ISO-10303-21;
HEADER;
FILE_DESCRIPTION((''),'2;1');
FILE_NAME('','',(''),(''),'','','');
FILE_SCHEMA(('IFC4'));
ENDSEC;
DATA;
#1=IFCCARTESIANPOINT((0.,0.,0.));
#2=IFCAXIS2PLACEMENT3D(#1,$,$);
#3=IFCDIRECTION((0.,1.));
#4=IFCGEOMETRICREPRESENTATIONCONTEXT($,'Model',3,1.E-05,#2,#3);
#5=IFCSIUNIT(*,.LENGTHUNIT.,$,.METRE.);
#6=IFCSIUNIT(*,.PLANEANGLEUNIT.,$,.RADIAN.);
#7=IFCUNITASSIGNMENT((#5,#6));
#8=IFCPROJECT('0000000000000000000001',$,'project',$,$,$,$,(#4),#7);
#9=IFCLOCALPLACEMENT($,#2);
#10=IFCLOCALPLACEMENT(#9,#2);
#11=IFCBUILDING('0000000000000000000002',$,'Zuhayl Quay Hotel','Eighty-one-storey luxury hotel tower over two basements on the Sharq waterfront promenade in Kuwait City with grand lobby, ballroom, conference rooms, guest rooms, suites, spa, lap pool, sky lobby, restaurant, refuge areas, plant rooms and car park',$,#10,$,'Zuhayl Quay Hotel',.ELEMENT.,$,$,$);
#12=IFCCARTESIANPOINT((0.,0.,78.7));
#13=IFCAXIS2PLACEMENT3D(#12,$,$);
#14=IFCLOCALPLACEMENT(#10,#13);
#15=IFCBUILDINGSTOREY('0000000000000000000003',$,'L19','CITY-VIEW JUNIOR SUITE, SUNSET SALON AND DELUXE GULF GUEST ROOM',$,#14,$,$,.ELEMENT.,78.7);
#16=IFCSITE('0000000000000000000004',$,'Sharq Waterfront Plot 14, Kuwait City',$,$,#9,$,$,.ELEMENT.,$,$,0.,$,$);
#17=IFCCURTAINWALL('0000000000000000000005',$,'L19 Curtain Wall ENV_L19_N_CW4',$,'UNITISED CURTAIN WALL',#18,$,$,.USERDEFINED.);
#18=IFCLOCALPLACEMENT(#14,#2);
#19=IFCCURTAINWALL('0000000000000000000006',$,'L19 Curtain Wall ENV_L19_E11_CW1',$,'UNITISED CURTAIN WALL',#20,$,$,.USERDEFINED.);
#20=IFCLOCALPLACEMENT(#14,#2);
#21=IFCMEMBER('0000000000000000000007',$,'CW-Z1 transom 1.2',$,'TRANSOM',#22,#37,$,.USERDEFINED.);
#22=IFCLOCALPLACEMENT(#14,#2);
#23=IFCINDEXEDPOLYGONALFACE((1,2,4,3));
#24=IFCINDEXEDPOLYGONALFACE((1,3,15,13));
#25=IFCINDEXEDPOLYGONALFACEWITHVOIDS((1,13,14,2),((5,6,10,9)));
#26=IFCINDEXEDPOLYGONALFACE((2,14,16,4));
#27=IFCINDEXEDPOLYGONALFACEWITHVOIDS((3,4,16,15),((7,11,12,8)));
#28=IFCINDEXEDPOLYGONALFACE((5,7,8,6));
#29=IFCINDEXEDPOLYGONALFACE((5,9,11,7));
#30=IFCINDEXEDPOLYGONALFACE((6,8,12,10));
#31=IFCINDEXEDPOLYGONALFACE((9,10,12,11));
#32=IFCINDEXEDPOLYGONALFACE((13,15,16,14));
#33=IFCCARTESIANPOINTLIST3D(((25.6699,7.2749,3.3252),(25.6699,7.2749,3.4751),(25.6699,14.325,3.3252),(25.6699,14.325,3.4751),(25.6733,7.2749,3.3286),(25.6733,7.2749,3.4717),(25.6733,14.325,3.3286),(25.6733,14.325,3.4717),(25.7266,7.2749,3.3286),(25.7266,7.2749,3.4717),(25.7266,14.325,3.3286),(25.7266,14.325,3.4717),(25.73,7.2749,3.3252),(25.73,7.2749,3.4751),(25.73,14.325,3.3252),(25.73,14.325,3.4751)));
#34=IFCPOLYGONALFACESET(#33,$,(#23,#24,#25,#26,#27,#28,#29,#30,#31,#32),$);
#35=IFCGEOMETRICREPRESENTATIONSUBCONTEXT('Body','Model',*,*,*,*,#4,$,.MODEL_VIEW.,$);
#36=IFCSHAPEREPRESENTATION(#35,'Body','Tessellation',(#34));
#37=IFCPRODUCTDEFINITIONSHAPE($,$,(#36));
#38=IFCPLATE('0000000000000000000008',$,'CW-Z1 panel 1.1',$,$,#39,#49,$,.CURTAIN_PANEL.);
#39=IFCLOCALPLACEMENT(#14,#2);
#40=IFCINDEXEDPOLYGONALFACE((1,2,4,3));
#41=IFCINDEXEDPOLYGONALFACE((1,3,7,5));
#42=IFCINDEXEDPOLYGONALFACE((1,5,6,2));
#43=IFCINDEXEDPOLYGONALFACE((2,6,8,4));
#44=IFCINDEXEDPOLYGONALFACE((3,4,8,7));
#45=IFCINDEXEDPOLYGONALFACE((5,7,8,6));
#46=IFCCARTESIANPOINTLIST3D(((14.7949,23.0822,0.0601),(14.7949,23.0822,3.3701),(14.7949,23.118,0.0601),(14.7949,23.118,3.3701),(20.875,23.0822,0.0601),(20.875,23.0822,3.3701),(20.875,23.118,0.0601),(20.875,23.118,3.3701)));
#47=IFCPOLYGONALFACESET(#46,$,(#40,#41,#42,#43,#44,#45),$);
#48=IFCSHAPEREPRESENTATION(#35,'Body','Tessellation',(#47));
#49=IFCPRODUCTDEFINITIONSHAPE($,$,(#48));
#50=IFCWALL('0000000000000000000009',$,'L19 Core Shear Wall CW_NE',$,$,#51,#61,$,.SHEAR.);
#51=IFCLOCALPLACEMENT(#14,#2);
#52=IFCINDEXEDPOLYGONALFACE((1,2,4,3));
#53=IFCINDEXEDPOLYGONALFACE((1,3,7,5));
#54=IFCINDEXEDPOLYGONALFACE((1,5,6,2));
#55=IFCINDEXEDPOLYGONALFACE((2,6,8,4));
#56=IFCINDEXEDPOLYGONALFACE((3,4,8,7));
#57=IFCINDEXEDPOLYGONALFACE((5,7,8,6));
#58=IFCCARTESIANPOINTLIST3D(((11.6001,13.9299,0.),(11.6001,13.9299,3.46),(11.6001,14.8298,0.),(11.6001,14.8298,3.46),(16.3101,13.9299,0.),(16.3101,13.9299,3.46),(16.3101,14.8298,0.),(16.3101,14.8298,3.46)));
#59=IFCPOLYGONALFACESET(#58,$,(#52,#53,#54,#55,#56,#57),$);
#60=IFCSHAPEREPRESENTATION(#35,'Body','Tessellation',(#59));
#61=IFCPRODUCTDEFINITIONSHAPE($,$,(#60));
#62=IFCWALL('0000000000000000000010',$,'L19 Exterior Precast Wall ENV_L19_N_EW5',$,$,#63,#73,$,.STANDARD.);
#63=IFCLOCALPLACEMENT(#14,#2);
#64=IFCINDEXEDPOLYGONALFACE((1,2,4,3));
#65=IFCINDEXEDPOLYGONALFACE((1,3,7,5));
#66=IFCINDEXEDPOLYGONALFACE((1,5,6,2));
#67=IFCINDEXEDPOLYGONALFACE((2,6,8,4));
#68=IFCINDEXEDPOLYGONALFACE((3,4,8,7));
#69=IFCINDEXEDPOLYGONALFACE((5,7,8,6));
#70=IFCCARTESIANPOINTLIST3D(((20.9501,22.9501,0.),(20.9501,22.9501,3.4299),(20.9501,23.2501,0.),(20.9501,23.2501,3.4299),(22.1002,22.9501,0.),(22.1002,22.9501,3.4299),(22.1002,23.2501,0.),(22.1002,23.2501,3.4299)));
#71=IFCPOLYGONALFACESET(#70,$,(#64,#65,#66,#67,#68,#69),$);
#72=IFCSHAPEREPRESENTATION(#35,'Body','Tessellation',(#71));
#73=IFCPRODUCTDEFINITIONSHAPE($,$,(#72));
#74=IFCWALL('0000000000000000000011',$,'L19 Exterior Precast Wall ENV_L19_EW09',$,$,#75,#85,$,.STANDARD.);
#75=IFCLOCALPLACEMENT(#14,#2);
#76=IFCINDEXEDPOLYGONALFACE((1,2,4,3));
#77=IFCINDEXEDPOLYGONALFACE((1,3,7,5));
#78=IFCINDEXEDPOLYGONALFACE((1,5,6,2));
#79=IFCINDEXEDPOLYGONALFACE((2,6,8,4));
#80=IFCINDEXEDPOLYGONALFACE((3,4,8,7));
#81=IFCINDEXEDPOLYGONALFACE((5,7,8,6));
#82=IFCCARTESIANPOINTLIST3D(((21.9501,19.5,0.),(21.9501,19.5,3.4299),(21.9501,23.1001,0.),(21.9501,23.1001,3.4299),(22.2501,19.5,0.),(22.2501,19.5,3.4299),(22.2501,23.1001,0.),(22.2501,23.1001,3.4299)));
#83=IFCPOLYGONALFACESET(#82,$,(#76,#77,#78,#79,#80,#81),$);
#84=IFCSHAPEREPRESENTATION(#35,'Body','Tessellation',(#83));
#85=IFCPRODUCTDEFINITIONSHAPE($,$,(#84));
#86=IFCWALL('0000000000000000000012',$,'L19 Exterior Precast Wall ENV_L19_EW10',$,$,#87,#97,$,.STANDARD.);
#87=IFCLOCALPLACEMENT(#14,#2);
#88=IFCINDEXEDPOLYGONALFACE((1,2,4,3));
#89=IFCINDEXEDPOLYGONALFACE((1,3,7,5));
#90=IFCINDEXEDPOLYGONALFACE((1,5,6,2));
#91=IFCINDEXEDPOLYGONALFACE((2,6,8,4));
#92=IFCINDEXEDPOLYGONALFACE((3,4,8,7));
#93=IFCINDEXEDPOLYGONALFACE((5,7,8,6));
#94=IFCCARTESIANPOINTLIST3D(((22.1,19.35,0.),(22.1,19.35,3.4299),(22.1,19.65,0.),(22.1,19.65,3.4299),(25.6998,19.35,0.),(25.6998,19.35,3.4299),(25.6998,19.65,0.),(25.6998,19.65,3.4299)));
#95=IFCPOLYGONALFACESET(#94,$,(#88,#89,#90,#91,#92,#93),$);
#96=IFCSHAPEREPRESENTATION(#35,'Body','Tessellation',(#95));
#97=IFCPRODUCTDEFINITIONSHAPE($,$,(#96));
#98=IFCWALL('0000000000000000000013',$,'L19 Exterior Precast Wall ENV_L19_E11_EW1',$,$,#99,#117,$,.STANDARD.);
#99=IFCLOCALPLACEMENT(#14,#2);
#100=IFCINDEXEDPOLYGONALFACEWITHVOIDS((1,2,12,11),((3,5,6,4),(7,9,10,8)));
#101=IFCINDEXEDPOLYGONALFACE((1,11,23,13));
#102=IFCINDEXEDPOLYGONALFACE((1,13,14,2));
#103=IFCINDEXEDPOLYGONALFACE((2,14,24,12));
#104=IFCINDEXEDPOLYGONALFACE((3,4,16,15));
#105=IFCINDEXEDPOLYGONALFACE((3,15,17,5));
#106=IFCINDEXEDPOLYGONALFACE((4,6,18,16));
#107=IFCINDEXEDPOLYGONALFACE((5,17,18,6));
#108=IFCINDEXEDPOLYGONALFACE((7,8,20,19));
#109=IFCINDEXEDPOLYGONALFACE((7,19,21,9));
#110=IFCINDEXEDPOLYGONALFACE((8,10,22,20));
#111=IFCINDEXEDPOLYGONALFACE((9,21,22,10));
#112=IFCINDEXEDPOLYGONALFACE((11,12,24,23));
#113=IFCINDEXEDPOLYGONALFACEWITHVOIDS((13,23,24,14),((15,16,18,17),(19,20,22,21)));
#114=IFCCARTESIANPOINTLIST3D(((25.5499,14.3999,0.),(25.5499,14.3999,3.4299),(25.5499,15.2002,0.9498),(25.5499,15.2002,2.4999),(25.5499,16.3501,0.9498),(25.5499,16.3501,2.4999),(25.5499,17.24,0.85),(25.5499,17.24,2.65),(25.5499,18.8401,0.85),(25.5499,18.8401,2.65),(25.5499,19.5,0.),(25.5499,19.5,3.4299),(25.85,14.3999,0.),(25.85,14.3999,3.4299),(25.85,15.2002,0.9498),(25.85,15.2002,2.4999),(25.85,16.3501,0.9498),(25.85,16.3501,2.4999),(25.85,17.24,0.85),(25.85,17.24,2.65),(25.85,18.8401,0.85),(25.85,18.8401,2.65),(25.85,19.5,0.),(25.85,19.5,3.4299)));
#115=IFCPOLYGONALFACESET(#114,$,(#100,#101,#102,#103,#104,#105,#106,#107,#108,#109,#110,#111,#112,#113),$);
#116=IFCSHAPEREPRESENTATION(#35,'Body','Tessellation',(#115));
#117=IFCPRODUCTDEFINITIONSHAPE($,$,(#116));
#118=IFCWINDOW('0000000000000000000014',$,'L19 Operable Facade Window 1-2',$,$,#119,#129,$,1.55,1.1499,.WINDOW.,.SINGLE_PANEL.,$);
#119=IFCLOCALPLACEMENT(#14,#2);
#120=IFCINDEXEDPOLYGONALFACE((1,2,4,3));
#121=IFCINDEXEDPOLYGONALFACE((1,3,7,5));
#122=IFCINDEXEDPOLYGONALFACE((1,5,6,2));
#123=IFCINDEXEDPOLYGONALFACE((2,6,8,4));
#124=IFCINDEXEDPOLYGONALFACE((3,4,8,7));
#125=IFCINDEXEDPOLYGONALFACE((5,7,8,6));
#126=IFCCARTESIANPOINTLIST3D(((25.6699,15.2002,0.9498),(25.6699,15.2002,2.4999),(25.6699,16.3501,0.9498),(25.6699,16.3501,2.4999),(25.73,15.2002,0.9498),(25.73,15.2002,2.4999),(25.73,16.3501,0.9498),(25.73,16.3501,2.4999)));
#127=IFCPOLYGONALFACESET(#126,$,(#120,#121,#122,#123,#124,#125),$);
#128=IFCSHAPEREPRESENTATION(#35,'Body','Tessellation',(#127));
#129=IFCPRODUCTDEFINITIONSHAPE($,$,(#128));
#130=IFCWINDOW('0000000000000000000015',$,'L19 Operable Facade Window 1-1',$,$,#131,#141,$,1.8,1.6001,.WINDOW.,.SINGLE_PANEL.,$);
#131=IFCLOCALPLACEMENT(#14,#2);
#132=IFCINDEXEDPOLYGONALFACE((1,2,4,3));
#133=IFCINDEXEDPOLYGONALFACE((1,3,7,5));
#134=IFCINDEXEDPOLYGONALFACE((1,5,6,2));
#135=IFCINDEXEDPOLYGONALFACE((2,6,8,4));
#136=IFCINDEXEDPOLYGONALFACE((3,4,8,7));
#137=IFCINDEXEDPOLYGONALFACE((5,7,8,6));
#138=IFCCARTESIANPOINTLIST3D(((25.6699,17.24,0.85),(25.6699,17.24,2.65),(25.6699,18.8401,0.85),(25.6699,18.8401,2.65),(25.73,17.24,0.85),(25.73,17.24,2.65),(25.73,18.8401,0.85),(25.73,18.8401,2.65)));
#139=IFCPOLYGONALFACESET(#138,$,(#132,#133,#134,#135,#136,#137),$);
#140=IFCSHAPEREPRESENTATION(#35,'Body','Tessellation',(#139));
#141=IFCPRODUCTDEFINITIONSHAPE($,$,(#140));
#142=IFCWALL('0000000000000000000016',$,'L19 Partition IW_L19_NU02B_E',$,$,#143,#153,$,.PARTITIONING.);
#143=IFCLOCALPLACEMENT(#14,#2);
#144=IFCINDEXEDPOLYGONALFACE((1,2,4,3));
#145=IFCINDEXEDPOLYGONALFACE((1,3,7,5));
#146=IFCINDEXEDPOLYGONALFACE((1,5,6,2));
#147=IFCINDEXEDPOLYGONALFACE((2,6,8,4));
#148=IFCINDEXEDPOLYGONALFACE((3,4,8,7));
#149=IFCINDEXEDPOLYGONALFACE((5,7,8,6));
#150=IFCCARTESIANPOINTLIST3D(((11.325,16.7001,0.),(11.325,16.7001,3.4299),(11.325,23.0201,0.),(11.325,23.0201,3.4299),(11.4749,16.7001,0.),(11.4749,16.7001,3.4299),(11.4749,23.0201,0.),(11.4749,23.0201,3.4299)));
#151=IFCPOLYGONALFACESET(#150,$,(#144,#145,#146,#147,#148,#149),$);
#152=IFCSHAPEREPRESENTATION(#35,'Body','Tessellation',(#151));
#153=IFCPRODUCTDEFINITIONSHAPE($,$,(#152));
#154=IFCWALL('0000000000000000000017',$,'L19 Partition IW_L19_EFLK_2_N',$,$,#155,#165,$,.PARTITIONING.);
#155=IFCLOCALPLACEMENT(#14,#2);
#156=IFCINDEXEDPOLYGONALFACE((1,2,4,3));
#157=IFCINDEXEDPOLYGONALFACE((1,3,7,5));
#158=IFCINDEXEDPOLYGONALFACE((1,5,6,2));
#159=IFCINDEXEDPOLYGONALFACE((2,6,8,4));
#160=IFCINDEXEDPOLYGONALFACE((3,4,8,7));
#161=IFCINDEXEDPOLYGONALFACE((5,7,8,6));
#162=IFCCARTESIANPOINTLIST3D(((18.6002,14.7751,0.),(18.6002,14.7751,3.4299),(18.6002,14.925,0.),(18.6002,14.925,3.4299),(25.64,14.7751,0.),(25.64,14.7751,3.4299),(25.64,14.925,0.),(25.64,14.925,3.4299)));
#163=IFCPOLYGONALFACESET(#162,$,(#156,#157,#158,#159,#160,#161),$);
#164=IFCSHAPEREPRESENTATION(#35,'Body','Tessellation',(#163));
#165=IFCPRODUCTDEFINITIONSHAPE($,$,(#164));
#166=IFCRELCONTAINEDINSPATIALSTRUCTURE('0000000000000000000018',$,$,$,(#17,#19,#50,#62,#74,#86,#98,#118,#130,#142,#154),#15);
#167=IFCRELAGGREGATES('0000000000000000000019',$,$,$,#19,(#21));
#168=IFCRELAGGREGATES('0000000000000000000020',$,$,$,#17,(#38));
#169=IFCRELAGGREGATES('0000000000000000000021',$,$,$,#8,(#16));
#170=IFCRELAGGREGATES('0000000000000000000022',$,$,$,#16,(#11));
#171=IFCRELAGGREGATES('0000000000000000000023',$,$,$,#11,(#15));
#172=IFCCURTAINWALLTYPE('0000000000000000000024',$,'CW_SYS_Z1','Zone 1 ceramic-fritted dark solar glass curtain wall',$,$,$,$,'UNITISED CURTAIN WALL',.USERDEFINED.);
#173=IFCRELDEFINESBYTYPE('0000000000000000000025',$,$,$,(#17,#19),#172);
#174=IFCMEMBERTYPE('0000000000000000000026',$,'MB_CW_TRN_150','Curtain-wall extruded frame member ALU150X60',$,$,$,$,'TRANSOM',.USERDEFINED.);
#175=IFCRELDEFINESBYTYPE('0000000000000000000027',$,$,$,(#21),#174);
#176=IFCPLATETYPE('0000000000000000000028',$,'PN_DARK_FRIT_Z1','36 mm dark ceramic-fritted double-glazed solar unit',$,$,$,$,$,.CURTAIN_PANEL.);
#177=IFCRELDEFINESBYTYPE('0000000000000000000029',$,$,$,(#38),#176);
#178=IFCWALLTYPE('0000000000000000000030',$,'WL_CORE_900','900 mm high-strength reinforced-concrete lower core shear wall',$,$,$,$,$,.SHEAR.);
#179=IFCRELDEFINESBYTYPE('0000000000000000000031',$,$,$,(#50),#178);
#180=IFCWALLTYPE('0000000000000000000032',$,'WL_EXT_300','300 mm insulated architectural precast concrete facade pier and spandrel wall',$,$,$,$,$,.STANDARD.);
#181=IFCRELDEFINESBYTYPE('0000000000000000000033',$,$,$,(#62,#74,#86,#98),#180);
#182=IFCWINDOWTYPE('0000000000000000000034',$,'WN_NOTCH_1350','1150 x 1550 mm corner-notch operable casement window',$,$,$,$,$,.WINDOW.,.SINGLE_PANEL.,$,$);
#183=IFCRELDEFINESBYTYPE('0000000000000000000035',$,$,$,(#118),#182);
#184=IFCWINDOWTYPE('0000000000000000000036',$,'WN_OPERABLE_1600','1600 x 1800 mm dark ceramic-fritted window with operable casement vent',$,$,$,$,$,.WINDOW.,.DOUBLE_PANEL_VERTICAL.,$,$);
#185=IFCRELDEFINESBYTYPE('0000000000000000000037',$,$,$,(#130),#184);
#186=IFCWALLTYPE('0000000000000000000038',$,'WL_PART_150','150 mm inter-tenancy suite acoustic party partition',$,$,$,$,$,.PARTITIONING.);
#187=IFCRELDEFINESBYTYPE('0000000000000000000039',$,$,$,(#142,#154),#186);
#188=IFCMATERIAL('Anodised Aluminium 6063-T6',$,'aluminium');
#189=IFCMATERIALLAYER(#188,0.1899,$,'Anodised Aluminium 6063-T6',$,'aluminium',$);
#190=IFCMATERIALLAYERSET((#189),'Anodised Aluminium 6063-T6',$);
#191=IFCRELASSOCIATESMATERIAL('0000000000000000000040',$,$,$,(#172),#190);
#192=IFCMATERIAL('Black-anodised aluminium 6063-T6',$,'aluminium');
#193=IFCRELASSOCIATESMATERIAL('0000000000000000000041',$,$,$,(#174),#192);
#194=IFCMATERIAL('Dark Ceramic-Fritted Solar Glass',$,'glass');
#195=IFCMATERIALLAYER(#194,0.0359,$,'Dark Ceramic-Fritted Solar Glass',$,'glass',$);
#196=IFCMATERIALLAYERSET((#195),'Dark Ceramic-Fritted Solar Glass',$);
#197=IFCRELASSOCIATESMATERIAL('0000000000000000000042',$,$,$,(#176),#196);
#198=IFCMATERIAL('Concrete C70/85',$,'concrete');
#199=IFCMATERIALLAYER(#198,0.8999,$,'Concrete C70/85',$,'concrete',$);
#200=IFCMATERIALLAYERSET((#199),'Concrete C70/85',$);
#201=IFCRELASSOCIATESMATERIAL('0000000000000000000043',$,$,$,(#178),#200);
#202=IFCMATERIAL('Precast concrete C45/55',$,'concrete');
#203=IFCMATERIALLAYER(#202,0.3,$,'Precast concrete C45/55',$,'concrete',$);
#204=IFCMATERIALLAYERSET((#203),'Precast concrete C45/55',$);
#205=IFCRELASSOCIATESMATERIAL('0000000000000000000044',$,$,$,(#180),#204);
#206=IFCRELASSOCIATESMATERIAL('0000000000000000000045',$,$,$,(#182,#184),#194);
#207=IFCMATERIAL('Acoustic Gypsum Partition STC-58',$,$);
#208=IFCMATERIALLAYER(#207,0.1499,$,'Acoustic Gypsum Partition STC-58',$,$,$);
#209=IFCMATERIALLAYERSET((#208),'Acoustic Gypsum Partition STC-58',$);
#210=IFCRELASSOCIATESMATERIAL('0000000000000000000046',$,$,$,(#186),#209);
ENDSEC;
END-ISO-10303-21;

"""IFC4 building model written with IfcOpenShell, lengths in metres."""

from ifc_helpers import new_model, si_unit, direction, frame, frame_2d, origin, origin_2d, place, context, subcontext, project, spatial, rectangle, hollow_rectangle, extrude, material, layer, layer_set, material_profile, profile_set, type_object, element, fill, aggregate, save


model = new_model("IFC4")

# Units and contexts
model_context = context("Model", 3, precision=1e-05, world=origin(), true_north=direction((0.0, 1.0)))
body_context = subcontext(model_context, "Body", "Model", "MODEL_VIEW")
ifc_project = project(units=[si_unit("LENGTHUNIT", "METRE"), si_unit("PLANEANGLEUNIT", "RADIAN")], contexts=[model_context])

# Site, building, storey
site_placement = place(None, origin())
site = spatial("IfcSite", under=ifc_project, at=site_placement, Name="Sharq Waterfront Plot 14, Kuwait City", CompositionType="ELEMENT", RefElevation=0.0)
building_placement = place(site_placement, origin())
building = spatial("IfcBuilding", under=site, at=building_placement, Name="Zuhayl Quay Hotel", Description="Eighty-one-storey luxury hotel tower over two basements on the Sharq waterfront promenade in Kuwait City with grand lobby, ballroom, conference rooms, guest rooms, suites, spa, lap pool, sky lobby, restaurant, refuge areas, plant rooms and car park", LongName="Zuhayl Quay Hotel", CompositionType="ELEMENT")
storey_placement = place(building_placement, frame((0.0, 0.0, 78.7)))
storey = spatial("IfcBuildingStorey", under=building, at=storey_placement, Name="L19", Description="CITY-VIEW JUNIOR SUITE, SUNSET SALON AND DELUXE GULF GUEST ROOM", CompositionType="ELEMENT", Elevation=78.7)

# Shared definitions
ifc_material_1 = material(Name="Concrete C70/85", Category="concrete")

# Curtain wall
ifc_material_2 = material(Name="Anodised Aluminium 6063-T6", Category="aluminium")
ifc_layer_1 = layer(ifc_material_2, 0.1899, Name="Anodised Aluminium 6063-T6", Category="aluminium")
ifc_layer_set_1 = layer_set([ifc_layer_1], Name="Anodised Aluminium 6063-T6")
curtain_wall_type = type_object("IfcCurtainWallType", Name="CW_SYS_Z1", Description="Zone 1 ceramic-fritted dark solar glass curtain wall", ElementType="UNITISED CURTAIN WALL", PredefinedType="USERDEFINED", material=ifc_layer_set_1)
curtain_wall_1_placement = place(storey_placement, origin())
curtain_wall_1 = element("IfcCurtainWall", 1, at=curtain_wall_1_placement, inside=storey, type_object=curtain_wall_type, Name="L19 Curtain Wall ENV_L19_N_CW4", ObjectType="UNITISED CURTAIN WALL", PredefinedType="USERDEFINED")
ifc_material_3 = material(Name="Black-anodised aluminium 6063-T6", Category="aluminium")

# Curtain wall
curtain_wall_2_placement = place(storey_placement, origin())
curtain_wall_2 = element("IfcCurtainWall", 2, at=curtain_wall_2_placement, inside=storey, type_object=curtain_wall_type, Name="L19 Curtain Wall ENV_L19_E11_CW1", ObjectType="UNITISED CURTAIN WALL", PredefinedType="USERDEFINED")

# Member
ifc_material_profile_1 = material_profile(ifc_material_3, hollow_rectangle(XDim=0.0601, YDim=0.1499, WallThickness=0.0034, at=origin_2d()), Name="ALU150X60")
ifc_profile_set_1 = profile_set([ifc_material_profile_1], Name="Black-anodised aluminium 6063-T6")
member_type_1 = type_object("IfcMemberType", Name="MB_CW_TRN_150", Description="Curtain-wall extruded frame member ALU150X60", ElementType="TRANSOM", PredefinedType="USERDEFINED", material=ifc_profile_set_1)
member_1_placement = place(storey_placement, frame((25.7, 14.325, 3.4001), z_axis=(0.0, -1.0, 0.0), x_axis=(1.0, 0.0, 0.0)))
member_1 = element("IfcMember", 3, at=member_1_placement, type_object=member_type_1, Name="CW-Z1 transom 1.2", ObjectType="TRANSOM", PredefinedType="USERDEFINED", context=body_context, shape_type="SweptSolid", body=[
    extrude(hollow_rectangle(XDim=0.0601, YDim=0.1499, WallThickness=0.0034, at=origin_2d()), origin(), (0.0, 0.0, 1.0), 7.05),
])
aggregate(curtain_wall_2, [member_1])

# Plate
ifc_material_4 = material(Name="Dark Ceramic-Fritted Solar Glass", Category="glass")
ifc_layer_2 = layer(ifc_material_4, 0.0359, Name="Dark Ceramic-Fritted Solar Glass", Category="glass")
ifc_layer_set_2 = layer_set([ifc_layer_2], Name="Dark Ceramic-Fritted Solar Glass")
plate_type = type_object("IfcPlateType", Name="PN_DARK_FRIT_Z1", Description="36 mm dark ceramic-fritted double-glazed solar unit", PredefinedType="CURTAIN_PANEL", material=ifc_layer_set_2)
plate_placement = place(storey_placement, frame((17.835, 23.1001, 0.0601), z_axis=(0.0, 0.0, 1.0), x_axis=(1.0, 0.0, 0.0)))
plate = element("IfcPlate", 4, at=plate_placement, type_object=plate_type, Name="CW-Z1 panel 1.1", PredefinedType="CURTAIN_PANEL", context=body_context, shape_type="SweptSolid", body=[
    extrude(rectangle(XDim=6.0801, YDim=0.0359, at=origin_2d()), origin(), (0.0, 0.0, 1.0), 3.3101),
])
aggregate(curtain_wall_1, [plate])

# Walls
ifc_layer_3 = layer(ifc_material_1, 0.8999, Name="Concrete C70/85", Category="concrete")
ifc_layer_set_3 = layer_set([ifc_layer_3], Name="Concrete C70/85")
wall_type_1 = type_object("IfcWallType", Name="WL_CORE_900", Description="900 mm high-strength reinforced-concrete lower core shear wall", PredefinedType="SHEAR", material=ifc_layer_set_3)
wall_1_placement = place(storey_placement, frame((11.6001, 14.3799, 0.0), z_axis=(0.0, 0.0, 1.0), x_axis=(1.0, 0.0, 0.0)))
element("IfcWall", 5, at=wall_1_placement, inside=storey, type_object=wall_type_1, Name="L19 Core Shear Wall CW_NE", PredefinedType="SHEAR", context=body_context, shape_type="SweptSolid", body=[
    extrude(rectangle(XDim=4.71, YDim=0.8999, at=frame_2d((2.355, 0.0))), origin(), (0.0, 0.0, 1.0), 3.46),
])
ifc_material_5 = material(Name="Precast concrete C45/55", Category="concrete")
ifc_layer_4 = layer(ifc_material_5, 0.3, Name="Precast concrete C45/55", Category="concrete")
ifc_layer_set_4 = layer_set([ifc_layer_4], Name="Precast concrete C45/55")
wall_type_2 = type_object("IfcWallType", Name="WL_EXT_300", Description="300 mm insulated architectural precast concrete facade pier and spandrel wall", PredefinedType="STANDARD", material=ifc_layer_set_4)
wall_2_placement = place(storey_placement, frame((20.95, 23.1001, 0.0), z_axis=(0.0, 0.0, 1.0), x_axis=(1.0, 0.0, 0.0)))
element("IfcWall", 6, at=wall_2_placement, inside=storey, type_object=wall_type_2, Name="L19 Exterior Precast Wall ENV_L19_N_EW5", PredefinedType="STANDARD", context=body_context, shape_type="SweptSolid", body=[
    extrude(rectangle(XDim=1.1501, YDim=0.3, at=frame_2d((0.5752, 0.0))), origin(), (0.0, 0.0, 1.0), 3.4299),
])
wall_3_placement = place(storey_placement, frame((22.1001, 23.1001, 0.0), z_axis=(0.0, 0.0, 1.0), x_axis=(0.0, -1.0, 0.0)))
element("IfcWall", 7, at=wall_3_placement, inside=storey, type_object=wall_type_2, Name="L19 Exterior Precast Wall ENV_L19_EW09", PredefinedType="STANDARD", context=body_context, shape_type="SweptSolid", body=[
    extrude(rectangle(XDim=3.6001, YDim=0.3, at=frame_2d((1.8, 0.0))), origin(), (0.0, 0.0, 1.0), 3.4299),
])
wall_4_placement = place(storey_placement, frame((22.1001, 19.5, 0.0), z_axis=(0.0, 0.0, 1.0), x_axis=(1.0, 0.0, 0.0)))
element("IfcWall", 8, at=wall_4_placement, inside=storey, type_object=wall_type_2, Name="L19 Exterior Precast Wall ENV_L19_EW10", PredefinedType="STANDARD", context=body_context, shape_type="SweptSolid", body=[
    extrude(rectangle(XDim=3.5999, YDim=0.3, at=frame_2d((1.7998, 0.0))), origin(), (0.0, 0.0, 1.0), 3.4299),
])

# Wall, openings, windows
wall_5_placement = place(storey_placement, frame((25.7, 19.5, 0.0), z_axis=(0.0, 0.0, 1.0), x_axis=(0.0, -1.0, 0.0)))
wall_5 = element("IfcWall", 9, at=wall_5_placement, inside=storey, type_object=wall_type_2, Name="L19 Exterior Precast Wall ENV_L19_E11_EW1", PredefinedType="STANDARD", context=body_context, shape_type="SweptSolid", body=[
    extrude(rectangle(XDim=5.1001, YDim=0.3, at=frame_2d((2.55, 0.0))), origin(), (0.0, 0.0, 1.0), 3.4299),
])
opening_1_placement = place(wall_5_placement, frame((0.6599, 0.0, 0.8501)))
opening_1 = element("IfcOpeningElement", 10, at=opening_1_placement, cuts=wall_5, PredefinedType="OPENING", context=body_context, shape_type="SweptSolid", body=[
    extrude(rectangle(XDim=1.6001, YDim=1.8, at=frame_2d((0.8, 0.8999))), frame((0.0, 0.1599, 0.0), z_axis=(0.0, -1.0, 0.0), x_axis=(1.0, 0.0, 0.0)), (0.0, 0.0, 1.0), 0.3201),
])
opening_2_placement = place(wall_5_placement, frame((3.1499, 0.0, 0.95)))
opening_2 = element("IfcOpeningElement", 11, at=opening_2_placement, cuts=wall_5, PredefinedType="OPENING", context=body_context, shape_type="SweptSolid", body=[
    extrude(rectangle(XDim=1.1499, YDim=1.55, at=frame_2d((0.575, 0.7749))), frame((0.0, 0.1599, 0.0), z_axis=(0.0, -1.0, 0.0), x_axis=(1.0, 0.0, 0.0)), (0.0, 0.0, 1.0), 0.3201),
])
window_type_1 = type_object("IfcWindowType", Name="WN_NOTCH_1350", Description="1150 x 1550 mm corner-notch operable casement window", PartitioningType="SINGLE_PANEL", PredefinedType="WINDOW", material=ifc_material_4)
window_1_placement = place(opening_2_placement, origin())
window_1 = element("IfcWindow", 12, at=window_1_placement, inside=storey, type_object=window_type_1, Name="L19 Operable Facade Window 1-2", OverallHeight=1.55, OverallWidth=1.1499, PartitioningType="SINGLE_PANEL", PredefinedType="WINDOW", context=body_context, shape_type="SweptSolid", body=[
    extrude(rectangle(XDim=1.1499, YDim=1.55, at=frame_2d((0.575, 0.7749))), frame((0.0, 0.03, 0.0), z_axis=(0.0, -1.0, 0.0), x_axis=(1.0, 0.0, 0.0)), (0.0, 0.0, 1.0), 0.0601),
])
fill(opening_2, window_1)
window_type_2 = type_object("IfcWindowType", Name="WN_OPERABLE_1600", Description="1600 x 1800 mm dark ceramic-fritted window with operable casement vent", PartitioningType="DOUBLE_PANEL_VERTICAL", PredefinedType="WINDOW", material=ifc_material_4)
window_2_placement = place(opening_1_placement, origin())
window_2 = element("IfcWindow", 13, at=window_2_placement, inside=storey, type_object=window_type_2, Name="L19 Operable Facade Window 1-1", OverallHeight=1.8, OverallWidth=1.6001, PartitioningType="SINGLE_PANEL", PredefinedType="WINDOW", context=body_context, shape_type="SweptSolid", body=[
    extrude(rectangle(XDim=1.6001, YDim=1.8, at=frame_2d((0.8, 0.8999))), frame((0.0, 0.03, 0.0), z_axis=(0.0, -1.0, 0.0), x_axis=(1.0, 0.0, 0.0)), (0.0, 0.0, 1.0), 0.0601),
])
fill(opening_1, window_2)

# Walls
ifc_material_6 = material(Name="Acoustic Gypsum Partition STC-58")
ifc_layer_5 = layer(ifc_material_6, 0.1499, Name="Acoustic Gypsum Partition STC-58")
ifc_layer_set_5 = layer_set([ifc_layer_5], Name="Acoustic Gypsum Partition STC-58")
wall_type_3 = type_object("IfcWallType", Name="WL_PART_150", Description="150 mm inter-tenancy suite acoustic party partition", PredefinedType="PARTITIONING", material=ifc_layer_set_5)
wall_6_placement = place(storey_placement, frame((11.3999, 16.7, 0.0), z_axis=(0.0, 0.0, 1.0), x_axis=(0.0, 1.0, 0.0)))
element("IfcWall", 14, at=wall_6_placement, inside=storey, type_object=wall_type_3, Name="L19 Partition IW_L19_NU02B_E", PredefinedType="PARTITIONING", context=body_context, shape_type="SweptSolid", body=[
    extrude(rectangle(XDim=6.3201, YDim=0.1499, at=frame_2d((3.1602, 0.0))), origin(), (0.0, 0.0, 1.0), 3.4299),
])
wall_7_placement = place(storey_placement, frame((18.6001, 14.8501, 0.0), z_axis=(0.0, 0.0, 1.0), x_axis=(1.0, 0.0, 0.0)))
element("IfcWall", 15, at=wall_7_placement, inside=storey, type_object=wall_type_3, Name="L19 Partition IW_L19_EFLK_2_N", PredefinedType="PARTITIONING", context=body_context, shape_type="SweptSolid", body=[
    extrude(rectangle(XDim=7.0398, YDim=0.1499, at=frame_2d((3.52, 0.0))), origin(), (0.0, 0.0, 1.0), 3.4299),
])

save(model, "model.ifc")
